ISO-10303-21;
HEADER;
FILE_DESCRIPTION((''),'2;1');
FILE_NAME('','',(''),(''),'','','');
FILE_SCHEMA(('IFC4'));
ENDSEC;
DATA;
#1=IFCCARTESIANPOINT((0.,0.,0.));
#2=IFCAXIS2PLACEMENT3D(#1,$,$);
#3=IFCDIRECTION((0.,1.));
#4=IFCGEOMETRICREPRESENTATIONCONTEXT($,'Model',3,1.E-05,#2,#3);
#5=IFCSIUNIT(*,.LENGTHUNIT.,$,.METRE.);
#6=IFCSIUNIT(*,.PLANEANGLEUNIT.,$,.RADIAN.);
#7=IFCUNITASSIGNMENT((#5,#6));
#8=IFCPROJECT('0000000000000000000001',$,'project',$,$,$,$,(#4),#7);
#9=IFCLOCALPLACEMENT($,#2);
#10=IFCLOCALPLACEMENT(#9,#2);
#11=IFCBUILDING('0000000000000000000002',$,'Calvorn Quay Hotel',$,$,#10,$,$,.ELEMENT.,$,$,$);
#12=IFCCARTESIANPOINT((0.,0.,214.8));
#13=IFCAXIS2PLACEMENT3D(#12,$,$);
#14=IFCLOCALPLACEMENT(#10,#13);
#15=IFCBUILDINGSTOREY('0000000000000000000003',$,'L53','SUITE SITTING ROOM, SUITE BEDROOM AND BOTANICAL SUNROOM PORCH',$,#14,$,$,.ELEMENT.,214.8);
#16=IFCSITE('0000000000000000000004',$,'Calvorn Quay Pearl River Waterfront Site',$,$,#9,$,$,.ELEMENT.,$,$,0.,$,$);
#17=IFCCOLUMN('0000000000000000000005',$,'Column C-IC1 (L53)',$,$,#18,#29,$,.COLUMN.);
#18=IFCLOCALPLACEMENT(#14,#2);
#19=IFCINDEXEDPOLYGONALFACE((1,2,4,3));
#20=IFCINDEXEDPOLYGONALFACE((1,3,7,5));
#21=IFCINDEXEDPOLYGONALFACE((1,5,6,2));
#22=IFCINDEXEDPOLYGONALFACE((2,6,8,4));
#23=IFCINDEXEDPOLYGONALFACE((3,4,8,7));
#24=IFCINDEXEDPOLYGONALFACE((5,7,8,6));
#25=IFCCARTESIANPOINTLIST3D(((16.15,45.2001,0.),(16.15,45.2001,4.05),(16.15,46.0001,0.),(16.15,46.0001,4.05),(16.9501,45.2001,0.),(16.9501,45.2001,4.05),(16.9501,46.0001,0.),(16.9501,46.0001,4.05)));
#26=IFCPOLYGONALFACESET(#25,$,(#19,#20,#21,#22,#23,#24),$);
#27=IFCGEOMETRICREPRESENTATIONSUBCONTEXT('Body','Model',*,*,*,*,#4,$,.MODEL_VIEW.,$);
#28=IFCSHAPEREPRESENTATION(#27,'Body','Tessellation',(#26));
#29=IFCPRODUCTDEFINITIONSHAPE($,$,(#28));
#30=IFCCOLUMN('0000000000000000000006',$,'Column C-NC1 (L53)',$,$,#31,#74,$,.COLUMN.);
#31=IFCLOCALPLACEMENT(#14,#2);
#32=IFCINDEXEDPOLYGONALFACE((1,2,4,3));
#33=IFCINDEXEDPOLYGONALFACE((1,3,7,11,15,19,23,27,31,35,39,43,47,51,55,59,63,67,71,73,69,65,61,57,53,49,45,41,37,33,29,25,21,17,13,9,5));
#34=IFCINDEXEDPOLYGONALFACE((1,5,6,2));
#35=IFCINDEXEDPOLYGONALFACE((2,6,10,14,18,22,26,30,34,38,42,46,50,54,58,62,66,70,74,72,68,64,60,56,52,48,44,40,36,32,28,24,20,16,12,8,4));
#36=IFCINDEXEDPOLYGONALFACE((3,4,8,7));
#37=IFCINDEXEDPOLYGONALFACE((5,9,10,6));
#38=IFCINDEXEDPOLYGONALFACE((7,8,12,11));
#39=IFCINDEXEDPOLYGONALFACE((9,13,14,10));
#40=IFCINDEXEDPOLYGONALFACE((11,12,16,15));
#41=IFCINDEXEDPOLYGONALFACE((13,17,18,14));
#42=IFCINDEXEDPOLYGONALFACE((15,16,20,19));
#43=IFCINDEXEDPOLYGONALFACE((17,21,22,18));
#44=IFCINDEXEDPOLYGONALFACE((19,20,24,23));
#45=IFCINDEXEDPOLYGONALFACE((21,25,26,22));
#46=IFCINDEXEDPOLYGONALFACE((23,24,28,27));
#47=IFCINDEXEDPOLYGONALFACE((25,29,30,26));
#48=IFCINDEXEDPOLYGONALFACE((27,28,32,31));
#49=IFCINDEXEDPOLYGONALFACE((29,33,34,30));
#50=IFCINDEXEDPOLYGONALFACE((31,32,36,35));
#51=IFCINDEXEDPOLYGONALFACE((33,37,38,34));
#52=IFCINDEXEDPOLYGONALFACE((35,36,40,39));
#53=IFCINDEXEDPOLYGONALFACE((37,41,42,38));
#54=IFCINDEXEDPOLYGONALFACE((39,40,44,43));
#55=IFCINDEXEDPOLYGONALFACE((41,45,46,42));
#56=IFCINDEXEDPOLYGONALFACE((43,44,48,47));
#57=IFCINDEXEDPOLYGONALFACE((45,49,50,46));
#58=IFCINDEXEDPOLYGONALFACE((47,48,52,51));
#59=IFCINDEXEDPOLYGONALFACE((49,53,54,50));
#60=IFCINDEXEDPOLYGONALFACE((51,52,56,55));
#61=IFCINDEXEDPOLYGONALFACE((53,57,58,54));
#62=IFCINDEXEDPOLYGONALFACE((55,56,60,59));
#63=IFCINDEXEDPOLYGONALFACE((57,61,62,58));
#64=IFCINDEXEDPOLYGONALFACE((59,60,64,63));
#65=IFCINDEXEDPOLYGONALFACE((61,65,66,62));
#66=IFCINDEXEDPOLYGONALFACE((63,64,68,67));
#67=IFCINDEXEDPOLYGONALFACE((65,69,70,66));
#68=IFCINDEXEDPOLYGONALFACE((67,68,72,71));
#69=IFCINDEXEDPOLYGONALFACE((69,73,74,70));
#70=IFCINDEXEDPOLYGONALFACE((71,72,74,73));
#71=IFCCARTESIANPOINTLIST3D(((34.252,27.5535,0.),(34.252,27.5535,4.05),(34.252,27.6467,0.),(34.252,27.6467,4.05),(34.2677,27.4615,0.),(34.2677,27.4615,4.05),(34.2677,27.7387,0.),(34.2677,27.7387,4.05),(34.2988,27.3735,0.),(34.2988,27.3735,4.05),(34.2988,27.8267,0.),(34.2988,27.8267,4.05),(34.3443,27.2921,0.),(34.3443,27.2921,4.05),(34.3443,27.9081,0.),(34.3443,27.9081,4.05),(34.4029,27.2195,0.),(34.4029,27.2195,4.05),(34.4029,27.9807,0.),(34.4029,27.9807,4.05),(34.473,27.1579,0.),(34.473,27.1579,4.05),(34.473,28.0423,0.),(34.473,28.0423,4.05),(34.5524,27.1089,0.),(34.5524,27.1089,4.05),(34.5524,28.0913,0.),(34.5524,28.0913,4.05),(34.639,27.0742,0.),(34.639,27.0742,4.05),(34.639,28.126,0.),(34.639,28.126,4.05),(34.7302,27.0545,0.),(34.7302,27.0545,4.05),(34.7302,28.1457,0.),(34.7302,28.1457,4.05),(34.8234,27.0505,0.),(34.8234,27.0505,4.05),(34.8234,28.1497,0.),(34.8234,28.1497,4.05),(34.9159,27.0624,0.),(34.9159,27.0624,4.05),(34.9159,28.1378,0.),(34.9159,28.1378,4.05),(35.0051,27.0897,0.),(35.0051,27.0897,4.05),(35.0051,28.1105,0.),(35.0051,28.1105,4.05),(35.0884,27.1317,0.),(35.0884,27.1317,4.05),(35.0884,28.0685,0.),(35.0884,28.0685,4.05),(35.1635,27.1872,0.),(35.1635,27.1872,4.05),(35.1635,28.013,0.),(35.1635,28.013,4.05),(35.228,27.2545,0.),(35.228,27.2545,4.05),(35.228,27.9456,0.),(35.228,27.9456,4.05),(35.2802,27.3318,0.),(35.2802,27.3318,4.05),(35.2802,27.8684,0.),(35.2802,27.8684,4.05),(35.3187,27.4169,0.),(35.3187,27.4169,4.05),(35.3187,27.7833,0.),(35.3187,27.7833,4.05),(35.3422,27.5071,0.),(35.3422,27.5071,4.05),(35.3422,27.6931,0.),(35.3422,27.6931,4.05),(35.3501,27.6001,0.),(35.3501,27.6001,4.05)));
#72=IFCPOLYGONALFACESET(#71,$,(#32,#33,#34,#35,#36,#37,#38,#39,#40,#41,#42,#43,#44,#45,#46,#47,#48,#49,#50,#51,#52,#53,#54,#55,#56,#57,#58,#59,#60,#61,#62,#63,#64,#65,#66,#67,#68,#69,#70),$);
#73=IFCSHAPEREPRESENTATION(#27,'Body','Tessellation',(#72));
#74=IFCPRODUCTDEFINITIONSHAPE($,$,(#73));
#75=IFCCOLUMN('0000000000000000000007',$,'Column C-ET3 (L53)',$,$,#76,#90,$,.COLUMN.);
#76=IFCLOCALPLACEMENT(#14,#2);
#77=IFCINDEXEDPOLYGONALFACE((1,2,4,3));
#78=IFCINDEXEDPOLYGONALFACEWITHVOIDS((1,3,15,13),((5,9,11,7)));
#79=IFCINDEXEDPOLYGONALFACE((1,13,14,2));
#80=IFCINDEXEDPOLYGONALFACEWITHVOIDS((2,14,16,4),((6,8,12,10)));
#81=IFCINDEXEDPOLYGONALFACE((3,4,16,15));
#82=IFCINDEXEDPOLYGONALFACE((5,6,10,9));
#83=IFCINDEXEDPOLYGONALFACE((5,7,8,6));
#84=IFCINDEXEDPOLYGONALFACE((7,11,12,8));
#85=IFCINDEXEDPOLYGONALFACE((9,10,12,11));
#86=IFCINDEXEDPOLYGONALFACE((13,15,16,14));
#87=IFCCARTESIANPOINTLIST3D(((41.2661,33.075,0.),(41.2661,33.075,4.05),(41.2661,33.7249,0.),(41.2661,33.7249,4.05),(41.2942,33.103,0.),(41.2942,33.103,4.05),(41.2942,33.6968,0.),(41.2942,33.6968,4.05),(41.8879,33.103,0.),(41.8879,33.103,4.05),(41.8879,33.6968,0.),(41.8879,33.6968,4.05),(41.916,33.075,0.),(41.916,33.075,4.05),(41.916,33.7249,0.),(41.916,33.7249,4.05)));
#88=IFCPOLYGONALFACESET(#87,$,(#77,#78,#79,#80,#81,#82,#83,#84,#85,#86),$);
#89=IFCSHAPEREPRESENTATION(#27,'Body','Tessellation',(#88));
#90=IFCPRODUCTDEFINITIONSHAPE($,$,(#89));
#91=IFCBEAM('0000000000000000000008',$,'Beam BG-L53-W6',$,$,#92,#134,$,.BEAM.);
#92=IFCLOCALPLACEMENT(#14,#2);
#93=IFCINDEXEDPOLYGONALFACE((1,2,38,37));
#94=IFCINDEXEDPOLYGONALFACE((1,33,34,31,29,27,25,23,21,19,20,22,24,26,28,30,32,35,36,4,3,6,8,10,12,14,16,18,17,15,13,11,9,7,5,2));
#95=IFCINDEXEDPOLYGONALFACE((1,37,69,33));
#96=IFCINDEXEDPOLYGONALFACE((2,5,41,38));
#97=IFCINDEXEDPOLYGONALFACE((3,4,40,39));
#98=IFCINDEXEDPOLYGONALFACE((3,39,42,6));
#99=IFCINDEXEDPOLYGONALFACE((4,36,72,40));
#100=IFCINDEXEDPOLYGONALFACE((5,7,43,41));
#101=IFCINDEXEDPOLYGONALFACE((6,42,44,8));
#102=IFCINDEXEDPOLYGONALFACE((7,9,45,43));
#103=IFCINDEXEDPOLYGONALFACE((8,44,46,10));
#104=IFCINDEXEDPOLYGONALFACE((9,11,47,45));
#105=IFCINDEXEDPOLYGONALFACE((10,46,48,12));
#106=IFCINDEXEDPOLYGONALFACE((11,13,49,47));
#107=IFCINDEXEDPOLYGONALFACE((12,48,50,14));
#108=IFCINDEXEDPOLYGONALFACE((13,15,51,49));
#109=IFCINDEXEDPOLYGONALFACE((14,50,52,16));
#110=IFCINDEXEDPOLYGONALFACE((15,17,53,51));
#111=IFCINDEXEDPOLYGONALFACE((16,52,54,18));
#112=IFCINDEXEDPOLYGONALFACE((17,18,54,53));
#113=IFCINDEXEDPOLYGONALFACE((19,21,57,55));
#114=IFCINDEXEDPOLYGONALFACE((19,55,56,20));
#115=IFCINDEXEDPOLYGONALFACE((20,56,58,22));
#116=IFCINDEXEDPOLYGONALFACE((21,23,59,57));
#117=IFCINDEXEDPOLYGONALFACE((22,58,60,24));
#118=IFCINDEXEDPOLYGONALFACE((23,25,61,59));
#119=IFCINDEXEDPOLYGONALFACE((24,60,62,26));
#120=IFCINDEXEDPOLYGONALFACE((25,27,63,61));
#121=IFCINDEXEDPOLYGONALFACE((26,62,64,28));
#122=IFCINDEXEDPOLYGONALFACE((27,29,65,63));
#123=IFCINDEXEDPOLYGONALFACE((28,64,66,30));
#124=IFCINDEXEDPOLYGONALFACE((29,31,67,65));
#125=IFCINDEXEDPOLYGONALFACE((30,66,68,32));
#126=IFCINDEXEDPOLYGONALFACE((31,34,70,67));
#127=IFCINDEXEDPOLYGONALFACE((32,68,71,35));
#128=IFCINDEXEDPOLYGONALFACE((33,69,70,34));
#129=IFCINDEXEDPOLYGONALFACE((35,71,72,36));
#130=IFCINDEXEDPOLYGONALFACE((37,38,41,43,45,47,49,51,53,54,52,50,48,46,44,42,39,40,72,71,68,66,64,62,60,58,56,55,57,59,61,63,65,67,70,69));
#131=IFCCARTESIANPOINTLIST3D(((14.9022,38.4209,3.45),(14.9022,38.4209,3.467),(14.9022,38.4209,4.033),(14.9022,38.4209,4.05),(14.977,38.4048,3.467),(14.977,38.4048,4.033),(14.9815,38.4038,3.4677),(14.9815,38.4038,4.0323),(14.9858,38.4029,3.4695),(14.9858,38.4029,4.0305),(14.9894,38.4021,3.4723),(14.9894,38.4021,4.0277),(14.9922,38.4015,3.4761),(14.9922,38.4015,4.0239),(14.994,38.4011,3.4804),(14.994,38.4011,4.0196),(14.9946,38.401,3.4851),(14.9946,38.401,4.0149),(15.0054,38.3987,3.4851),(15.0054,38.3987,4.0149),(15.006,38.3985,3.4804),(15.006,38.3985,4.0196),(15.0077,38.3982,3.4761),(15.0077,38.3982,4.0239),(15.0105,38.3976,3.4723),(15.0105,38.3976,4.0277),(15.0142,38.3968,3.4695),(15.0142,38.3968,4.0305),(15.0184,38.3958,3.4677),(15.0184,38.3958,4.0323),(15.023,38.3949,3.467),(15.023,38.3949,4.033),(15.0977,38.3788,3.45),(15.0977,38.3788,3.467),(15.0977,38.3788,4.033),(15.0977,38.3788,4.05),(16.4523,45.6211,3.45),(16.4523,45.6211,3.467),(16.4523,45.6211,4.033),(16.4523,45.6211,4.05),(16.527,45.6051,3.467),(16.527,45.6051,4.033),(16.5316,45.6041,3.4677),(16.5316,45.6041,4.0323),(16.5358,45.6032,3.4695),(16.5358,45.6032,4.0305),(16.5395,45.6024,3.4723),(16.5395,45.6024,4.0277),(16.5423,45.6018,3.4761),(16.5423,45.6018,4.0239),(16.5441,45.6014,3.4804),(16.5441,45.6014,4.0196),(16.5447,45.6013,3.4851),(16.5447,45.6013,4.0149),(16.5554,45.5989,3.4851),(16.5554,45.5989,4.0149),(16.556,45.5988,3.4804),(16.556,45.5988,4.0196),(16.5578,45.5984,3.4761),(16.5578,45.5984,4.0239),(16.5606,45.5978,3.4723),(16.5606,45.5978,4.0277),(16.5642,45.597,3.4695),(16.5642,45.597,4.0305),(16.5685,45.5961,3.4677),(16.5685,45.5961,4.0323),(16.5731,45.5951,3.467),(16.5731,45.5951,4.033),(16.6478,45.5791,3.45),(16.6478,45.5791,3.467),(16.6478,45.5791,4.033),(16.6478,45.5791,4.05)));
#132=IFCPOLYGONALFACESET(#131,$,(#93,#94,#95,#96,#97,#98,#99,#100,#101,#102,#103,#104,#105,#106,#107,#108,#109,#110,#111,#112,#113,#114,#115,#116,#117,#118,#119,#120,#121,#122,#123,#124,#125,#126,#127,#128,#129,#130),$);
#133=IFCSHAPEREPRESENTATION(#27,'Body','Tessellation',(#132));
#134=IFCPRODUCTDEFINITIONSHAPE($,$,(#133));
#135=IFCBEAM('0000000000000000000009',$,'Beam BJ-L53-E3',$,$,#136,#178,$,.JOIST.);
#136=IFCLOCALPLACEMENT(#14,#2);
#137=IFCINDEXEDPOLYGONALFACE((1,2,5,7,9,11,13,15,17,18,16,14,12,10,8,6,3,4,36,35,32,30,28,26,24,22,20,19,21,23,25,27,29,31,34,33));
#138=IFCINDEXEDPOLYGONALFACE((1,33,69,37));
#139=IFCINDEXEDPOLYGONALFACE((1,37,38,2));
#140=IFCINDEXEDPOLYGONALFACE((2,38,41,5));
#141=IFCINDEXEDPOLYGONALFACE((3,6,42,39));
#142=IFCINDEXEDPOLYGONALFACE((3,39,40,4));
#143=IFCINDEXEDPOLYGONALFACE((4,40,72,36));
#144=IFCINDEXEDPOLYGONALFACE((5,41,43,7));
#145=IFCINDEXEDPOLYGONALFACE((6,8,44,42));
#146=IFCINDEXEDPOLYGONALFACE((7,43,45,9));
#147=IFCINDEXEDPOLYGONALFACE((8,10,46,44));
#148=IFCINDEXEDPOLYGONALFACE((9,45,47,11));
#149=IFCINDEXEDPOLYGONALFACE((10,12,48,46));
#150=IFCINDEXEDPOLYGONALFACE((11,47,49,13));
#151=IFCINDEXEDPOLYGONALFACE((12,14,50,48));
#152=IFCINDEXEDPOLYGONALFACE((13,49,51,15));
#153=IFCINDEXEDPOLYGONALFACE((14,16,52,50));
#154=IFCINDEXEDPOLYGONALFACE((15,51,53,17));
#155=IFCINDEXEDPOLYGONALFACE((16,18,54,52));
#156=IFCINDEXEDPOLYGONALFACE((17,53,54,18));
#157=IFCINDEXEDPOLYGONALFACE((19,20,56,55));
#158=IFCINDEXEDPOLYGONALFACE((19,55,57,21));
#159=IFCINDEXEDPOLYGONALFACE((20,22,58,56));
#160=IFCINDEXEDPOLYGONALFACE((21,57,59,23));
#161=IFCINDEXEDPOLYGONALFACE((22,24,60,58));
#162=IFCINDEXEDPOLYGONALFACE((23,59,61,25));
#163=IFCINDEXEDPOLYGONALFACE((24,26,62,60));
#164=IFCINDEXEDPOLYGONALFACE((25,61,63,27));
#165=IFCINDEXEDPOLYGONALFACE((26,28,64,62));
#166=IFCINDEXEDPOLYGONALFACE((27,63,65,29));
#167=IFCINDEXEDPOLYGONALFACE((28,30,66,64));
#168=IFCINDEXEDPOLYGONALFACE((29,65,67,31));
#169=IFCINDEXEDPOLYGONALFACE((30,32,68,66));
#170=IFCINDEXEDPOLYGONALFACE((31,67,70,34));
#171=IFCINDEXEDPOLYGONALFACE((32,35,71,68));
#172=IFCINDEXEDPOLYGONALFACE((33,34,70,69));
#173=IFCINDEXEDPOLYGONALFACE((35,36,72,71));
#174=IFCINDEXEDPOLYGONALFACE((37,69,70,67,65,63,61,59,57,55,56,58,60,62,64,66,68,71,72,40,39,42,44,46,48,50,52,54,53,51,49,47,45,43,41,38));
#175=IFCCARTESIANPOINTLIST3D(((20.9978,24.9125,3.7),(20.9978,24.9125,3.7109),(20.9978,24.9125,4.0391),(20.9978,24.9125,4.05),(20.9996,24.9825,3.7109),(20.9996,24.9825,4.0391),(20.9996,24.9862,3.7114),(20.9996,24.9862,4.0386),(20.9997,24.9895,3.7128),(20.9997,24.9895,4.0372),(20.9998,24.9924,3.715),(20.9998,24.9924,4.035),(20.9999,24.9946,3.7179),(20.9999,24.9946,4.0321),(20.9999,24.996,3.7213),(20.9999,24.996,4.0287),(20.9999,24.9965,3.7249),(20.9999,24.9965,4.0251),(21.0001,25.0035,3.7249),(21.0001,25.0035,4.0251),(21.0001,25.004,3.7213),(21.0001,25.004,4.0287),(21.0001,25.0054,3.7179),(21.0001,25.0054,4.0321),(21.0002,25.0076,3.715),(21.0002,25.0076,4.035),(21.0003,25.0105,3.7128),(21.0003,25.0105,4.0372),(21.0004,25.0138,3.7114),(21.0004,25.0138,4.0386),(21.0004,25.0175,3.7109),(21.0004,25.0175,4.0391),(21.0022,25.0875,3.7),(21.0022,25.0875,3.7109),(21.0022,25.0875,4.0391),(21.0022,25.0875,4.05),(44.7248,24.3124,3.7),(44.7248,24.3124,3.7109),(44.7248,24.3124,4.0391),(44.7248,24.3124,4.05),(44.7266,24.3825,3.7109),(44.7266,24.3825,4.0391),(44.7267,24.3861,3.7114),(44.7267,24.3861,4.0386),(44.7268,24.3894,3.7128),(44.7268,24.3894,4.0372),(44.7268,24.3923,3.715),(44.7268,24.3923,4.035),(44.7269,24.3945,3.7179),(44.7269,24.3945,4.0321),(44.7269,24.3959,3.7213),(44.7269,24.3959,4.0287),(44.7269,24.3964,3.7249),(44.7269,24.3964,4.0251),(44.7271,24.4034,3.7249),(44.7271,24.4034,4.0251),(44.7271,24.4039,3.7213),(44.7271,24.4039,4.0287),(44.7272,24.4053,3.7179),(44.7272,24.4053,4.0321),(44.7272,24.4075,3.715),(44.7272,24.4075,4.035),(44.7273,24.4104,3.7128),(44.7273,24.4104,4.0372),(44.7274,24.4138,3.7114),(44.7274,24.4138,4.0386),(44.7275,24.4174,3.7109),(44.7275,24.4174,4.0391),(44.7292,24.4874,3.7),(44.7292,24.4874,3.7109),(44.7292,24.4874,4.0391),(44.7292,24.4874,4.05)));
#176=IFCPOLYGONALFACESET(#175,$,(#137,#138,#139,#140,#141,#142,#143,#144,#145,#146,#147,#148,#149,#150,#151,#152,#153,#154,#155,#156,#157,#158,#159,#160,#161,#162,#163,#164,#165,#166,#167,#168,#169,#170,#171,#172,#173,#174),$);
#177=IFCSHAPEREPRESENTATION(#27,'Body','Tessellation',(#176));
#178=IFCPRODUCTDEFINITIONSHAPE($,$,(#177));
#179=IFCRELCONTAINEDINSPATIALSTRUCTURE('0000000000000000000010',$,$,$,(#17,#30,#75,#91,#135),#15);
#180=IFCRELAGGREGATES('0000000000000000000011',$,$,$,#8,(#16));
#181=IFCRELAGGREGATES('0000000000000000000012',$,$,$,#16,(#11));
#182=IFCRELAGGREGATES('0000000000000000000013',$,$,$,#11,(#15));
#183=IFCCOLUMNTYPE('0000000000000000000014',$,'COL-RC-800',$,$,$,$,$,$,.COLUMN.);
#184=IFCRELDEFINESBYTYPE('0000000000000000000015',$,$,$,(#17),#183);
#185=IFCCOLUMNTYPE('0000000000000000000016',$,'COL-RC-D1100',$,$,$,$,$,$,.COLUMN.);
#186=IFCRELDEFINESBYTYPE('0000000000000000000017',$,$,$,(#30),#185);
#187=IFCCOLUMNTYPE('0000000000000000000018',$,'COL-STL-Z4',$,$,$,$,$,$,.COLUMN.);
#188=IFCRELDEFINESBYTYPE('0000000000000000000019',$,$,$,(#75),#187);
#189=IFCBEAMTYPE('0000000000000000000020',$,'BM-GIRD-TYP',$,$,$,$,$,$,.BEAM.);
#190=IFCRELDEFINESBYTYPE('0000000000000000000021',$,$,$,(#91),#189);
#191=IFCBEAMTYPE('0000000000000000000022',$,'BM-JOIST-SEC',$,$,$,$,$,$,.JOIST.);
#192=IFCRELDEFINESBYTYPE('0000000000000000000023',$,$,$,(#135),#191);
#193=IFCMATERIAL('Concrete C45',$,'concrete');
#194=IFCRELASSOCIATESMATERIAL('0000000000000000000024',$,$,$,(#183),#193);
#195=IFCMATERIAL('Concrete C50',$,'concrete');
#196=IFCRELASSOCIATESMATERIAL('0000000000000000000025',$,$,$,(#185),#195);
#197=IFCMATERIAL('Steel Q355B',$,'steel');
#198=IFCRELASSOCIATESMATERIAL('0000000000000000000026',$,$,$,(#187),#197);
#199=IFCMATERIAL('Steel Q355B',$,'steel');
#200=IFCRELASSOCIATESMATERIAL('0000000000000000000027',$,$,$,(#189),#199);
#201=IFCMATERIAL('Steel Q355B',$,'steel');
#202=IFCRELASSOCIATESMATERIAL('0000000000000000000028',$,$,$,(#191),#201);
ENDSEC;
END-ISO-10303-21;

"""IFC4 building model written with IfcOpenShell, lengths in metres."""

from ifc_helpers import new_model, si_unit, direction, frame, origin, origin_2d, place, context, subcontext, project, spatial, rectangle, hollow_rectangle, circle, i_section, extrude, material, material_profile, profile_set, type_object, element, save


model = new_model("IFC4")

# Units and contexts
model_context = context("Model", 3, precision=1e-05, world=origin(), true_north=direction((0.0, 1.0)))
body_context = subcontext(model_context, "Body", "Model", "MODEL_VIEW")
ifc_project = project(units=[si_unit("LENGTHUNIT", "METRE"), si_unit("PLANEANGLEUNIT", "RADIAN")], contexts=[model_context])

# Site, building, storey
site_placement = place(None, origin())
site = spatial("IfcSite", under=ifc_project, at=site_placement, Name="Calvorn Quay Pearl River Waterfront Site", CompositionType="ELEMENT", RefElevation=0.0)
building_placement = place(site_placement, origin())
building = spatial("IfcBuilding", under=site, at=building_placement, Name="Calvorn Quay Hotel", CompositionType="ELEMENT")
storey_placement = place(building_placement, frame((0.0, 0.0, 214.8)))
storey = spatial("IfcBuildingStorey", under=building, at=storey_placement, Name="L53", Description="SUITE SITTING ROOM, SUITE BEDROOM AND BOTANICAL SUNROOM PORCH", CompositionType="ELEMENT", Elevation=214.8)

# Columns
ifc_material_1 = material(Name="Concrete C45", Category="concrete")
ifc_material_profile_1 = material_profile(ifc_material_1, rectangle(XDim=0.8, YDim=0.8, at=origin_2d()), Name="RC800x800")
ifc_profile_set_1 = profile_set([ifc_material_profile_1], Name="Concrete C45")
column_type_1 = type_object("IfcColumnType", Name="COL-RC-800", PredefinedType="COLUMN", material=ifc_profile_set_1)
column_1_placement = place(storey_placement, frame((16.55, 45.6001, 0.0), z_axis=(0.0, 0.0, 1.0), x_axis=(1.0, 0.0, 0.0)))
element("IfcColumn", 1, at=column_1_placement, inside=storey, type_object=column_type_1, Name="Column C-IC1 (L53)", PredefinedType="COLUMN", context=body_context, shape_type="SweptSolid", body=[
    extrude(rectangle(XDim=0.8, YDim=0.8, at=origin_2d()), origin(), (0.0, 0.0, 1.0), 4.05),
])
ifc_material_2 = material(Name="Concrete C50", Category="concrete")
ifc_material_profile_2 = material_profile(ifc_material_2, circle(Radius=0.55, at=origin_2d()), Name="RCD1100")
ifc_profile_set_2 = profile_set([ifc_material_profile_2], Name="Concrete C50")
column_type_2 = type_object("IfcColumnType", Name="COL-RC-D1100", PredefinedType="COLUMN", material=ifc_profile_set_2)
column_2_placement = place(storey_placement, frame((34.8, 27.6001, 0.0), z_axis=(0.0, 0.0, 1.0), x_axis=(1.0, 0.0, 0.0)))
element("IfcColumn", 2, at=column_2_placement, inside=storey, type_object=column_type_2, Name="Column C-NC1 (L53)", PredefinedType="COLUMN", context=body_context, shape_type="SweptSolid", body=[
    extrude(circle(Radius=0.55, at=origin_2d()), origin(), (0.0, 0.0, 1.0), 4.05),
])
ifc_material_3 = material(Name="Steel Q355B", Category="steel")
ifc_material_profile_3 = material_profile(ifc_material_3, hollow_rectangle(XDim=0.6499, YDim=0.6499, WallThickness=0.0281, at=origin_2d()), Name="BOX650x650x28")
ifc_profile_set_3 = profile_set([ifc_material_profile_3], Name="Steel Q355B")
column_type_3 = type_object("IfcColumnType", Name="COL-STL-Z4", PredefinedType="COLUMN", material=ifc_profile_set_3)
column_3_placement = place(storey_placement, frame((41.5911, 33.3999, 0.0), z_axis=(0.0, 0.0, 1.0), x_axis=(1.0, 0.0, 0.0)))
element("IfcColumn", 3, at=column_3_placement, inside=storey, type_object=column_type_3, Name="Column C-ET3 (L53)", PredefinedType="COLUMN", context=body_context, shape_type="SweptSolid", body=[
    extrude(hollow_rectangle(XDim=0.6499, YDim=0.6499, WallThickness=0.0281, at=origin_2d()), origin(), (0.0, 0.0, 1.0), 4.05),
])

# Beams
ifc_material_4 = material(Name="Steel Q355B", Category="steel")
ifc_material_profile_4 = material_profile(ifc_material_4, i_section(OverallWidth=0.2, OverallDepth=0.6001, WebThickness=0.011, FlangeThickness=0.0171, FilletRadius=0.0181, at=origin_2d()), Name="HN600x200x11x17")
ifc_profile_set_4 = profile_set([ifc_material_profile_4], Name="Steel Q355B")
beam_type_1 = type_object("IfcBeamType", Name="BM-GIRD-TYP", PredefinedType="BEAM", material=ifc_profile_set_4)
beam_1_placement = place(storey_placement, frame((16.55, 45.6001, 3.75), z_axis=(-0.210457, -0.977603, 0.0), x_axis=(0.977603, -0.210457, 0.0)))
element("IfcBeam", 4, at=beam_1_placement, inside=storey, type_object=beam_type_1, Name="Beam BG-L53-W6", PredefinedType="BEAM", context=body_context, shape_type="SweptSolid", body=[
    extrude(i_section(OverallWidth=0.2, OverallDepth=0.6001, WebThickness=0.011, FlangeThickness=0.0171, FilletRadius=0.0181, at=origin_2d()), origin(), (0.0, 0.0, 1.0), 7.3652),
])
ifc_material_5 = material(Name="Steel Q355B", Category="steel")
ifc_material_profile_5 = material_profile(ifc_material_5, i_section(OverallWidth=0.175, OverallDepth=0.3501, WebThickness=0.0071, FlangeThickness=0.011, FilletRadius=0.0139, at=origin_2d()), Name="HN350x175x7x11")
ifc_profile_set_5 = profile_set([ifc_material_profile_5], Name="Steel Q355B")
beam_type_2 = type_object("IfcBeamType", Name="BM-JOIST-SEC", PredefinedType="JOIST", material=ifc_profile_set_5)
beam_2_placement = place(storey_placement, frame((21.0, 25.0, 3.875), z_axis=(0.99968, -0.025284, 0.0), x_axis=(0.025284, 0.99968, 0.0)))
element("IfcBeam", 5, at=beam_2_placement, inside=storey, type_object=beam_type_2, Name="Beam BJ-L53-E3", PredefinedType="JOIST", context=body_context, shape_type="SweptSolid", body=[
    extrude(i_section(OverallWidth=0.175, OverallDepth=0.3501, WebThickness=0.0071, FlangeThickness=0.011, FilletRadius=0.0139, at=origin_2d()), origin(), (0.0, 0.0, 1.0), 23.7346),
])

save(model, "model.ifc")
